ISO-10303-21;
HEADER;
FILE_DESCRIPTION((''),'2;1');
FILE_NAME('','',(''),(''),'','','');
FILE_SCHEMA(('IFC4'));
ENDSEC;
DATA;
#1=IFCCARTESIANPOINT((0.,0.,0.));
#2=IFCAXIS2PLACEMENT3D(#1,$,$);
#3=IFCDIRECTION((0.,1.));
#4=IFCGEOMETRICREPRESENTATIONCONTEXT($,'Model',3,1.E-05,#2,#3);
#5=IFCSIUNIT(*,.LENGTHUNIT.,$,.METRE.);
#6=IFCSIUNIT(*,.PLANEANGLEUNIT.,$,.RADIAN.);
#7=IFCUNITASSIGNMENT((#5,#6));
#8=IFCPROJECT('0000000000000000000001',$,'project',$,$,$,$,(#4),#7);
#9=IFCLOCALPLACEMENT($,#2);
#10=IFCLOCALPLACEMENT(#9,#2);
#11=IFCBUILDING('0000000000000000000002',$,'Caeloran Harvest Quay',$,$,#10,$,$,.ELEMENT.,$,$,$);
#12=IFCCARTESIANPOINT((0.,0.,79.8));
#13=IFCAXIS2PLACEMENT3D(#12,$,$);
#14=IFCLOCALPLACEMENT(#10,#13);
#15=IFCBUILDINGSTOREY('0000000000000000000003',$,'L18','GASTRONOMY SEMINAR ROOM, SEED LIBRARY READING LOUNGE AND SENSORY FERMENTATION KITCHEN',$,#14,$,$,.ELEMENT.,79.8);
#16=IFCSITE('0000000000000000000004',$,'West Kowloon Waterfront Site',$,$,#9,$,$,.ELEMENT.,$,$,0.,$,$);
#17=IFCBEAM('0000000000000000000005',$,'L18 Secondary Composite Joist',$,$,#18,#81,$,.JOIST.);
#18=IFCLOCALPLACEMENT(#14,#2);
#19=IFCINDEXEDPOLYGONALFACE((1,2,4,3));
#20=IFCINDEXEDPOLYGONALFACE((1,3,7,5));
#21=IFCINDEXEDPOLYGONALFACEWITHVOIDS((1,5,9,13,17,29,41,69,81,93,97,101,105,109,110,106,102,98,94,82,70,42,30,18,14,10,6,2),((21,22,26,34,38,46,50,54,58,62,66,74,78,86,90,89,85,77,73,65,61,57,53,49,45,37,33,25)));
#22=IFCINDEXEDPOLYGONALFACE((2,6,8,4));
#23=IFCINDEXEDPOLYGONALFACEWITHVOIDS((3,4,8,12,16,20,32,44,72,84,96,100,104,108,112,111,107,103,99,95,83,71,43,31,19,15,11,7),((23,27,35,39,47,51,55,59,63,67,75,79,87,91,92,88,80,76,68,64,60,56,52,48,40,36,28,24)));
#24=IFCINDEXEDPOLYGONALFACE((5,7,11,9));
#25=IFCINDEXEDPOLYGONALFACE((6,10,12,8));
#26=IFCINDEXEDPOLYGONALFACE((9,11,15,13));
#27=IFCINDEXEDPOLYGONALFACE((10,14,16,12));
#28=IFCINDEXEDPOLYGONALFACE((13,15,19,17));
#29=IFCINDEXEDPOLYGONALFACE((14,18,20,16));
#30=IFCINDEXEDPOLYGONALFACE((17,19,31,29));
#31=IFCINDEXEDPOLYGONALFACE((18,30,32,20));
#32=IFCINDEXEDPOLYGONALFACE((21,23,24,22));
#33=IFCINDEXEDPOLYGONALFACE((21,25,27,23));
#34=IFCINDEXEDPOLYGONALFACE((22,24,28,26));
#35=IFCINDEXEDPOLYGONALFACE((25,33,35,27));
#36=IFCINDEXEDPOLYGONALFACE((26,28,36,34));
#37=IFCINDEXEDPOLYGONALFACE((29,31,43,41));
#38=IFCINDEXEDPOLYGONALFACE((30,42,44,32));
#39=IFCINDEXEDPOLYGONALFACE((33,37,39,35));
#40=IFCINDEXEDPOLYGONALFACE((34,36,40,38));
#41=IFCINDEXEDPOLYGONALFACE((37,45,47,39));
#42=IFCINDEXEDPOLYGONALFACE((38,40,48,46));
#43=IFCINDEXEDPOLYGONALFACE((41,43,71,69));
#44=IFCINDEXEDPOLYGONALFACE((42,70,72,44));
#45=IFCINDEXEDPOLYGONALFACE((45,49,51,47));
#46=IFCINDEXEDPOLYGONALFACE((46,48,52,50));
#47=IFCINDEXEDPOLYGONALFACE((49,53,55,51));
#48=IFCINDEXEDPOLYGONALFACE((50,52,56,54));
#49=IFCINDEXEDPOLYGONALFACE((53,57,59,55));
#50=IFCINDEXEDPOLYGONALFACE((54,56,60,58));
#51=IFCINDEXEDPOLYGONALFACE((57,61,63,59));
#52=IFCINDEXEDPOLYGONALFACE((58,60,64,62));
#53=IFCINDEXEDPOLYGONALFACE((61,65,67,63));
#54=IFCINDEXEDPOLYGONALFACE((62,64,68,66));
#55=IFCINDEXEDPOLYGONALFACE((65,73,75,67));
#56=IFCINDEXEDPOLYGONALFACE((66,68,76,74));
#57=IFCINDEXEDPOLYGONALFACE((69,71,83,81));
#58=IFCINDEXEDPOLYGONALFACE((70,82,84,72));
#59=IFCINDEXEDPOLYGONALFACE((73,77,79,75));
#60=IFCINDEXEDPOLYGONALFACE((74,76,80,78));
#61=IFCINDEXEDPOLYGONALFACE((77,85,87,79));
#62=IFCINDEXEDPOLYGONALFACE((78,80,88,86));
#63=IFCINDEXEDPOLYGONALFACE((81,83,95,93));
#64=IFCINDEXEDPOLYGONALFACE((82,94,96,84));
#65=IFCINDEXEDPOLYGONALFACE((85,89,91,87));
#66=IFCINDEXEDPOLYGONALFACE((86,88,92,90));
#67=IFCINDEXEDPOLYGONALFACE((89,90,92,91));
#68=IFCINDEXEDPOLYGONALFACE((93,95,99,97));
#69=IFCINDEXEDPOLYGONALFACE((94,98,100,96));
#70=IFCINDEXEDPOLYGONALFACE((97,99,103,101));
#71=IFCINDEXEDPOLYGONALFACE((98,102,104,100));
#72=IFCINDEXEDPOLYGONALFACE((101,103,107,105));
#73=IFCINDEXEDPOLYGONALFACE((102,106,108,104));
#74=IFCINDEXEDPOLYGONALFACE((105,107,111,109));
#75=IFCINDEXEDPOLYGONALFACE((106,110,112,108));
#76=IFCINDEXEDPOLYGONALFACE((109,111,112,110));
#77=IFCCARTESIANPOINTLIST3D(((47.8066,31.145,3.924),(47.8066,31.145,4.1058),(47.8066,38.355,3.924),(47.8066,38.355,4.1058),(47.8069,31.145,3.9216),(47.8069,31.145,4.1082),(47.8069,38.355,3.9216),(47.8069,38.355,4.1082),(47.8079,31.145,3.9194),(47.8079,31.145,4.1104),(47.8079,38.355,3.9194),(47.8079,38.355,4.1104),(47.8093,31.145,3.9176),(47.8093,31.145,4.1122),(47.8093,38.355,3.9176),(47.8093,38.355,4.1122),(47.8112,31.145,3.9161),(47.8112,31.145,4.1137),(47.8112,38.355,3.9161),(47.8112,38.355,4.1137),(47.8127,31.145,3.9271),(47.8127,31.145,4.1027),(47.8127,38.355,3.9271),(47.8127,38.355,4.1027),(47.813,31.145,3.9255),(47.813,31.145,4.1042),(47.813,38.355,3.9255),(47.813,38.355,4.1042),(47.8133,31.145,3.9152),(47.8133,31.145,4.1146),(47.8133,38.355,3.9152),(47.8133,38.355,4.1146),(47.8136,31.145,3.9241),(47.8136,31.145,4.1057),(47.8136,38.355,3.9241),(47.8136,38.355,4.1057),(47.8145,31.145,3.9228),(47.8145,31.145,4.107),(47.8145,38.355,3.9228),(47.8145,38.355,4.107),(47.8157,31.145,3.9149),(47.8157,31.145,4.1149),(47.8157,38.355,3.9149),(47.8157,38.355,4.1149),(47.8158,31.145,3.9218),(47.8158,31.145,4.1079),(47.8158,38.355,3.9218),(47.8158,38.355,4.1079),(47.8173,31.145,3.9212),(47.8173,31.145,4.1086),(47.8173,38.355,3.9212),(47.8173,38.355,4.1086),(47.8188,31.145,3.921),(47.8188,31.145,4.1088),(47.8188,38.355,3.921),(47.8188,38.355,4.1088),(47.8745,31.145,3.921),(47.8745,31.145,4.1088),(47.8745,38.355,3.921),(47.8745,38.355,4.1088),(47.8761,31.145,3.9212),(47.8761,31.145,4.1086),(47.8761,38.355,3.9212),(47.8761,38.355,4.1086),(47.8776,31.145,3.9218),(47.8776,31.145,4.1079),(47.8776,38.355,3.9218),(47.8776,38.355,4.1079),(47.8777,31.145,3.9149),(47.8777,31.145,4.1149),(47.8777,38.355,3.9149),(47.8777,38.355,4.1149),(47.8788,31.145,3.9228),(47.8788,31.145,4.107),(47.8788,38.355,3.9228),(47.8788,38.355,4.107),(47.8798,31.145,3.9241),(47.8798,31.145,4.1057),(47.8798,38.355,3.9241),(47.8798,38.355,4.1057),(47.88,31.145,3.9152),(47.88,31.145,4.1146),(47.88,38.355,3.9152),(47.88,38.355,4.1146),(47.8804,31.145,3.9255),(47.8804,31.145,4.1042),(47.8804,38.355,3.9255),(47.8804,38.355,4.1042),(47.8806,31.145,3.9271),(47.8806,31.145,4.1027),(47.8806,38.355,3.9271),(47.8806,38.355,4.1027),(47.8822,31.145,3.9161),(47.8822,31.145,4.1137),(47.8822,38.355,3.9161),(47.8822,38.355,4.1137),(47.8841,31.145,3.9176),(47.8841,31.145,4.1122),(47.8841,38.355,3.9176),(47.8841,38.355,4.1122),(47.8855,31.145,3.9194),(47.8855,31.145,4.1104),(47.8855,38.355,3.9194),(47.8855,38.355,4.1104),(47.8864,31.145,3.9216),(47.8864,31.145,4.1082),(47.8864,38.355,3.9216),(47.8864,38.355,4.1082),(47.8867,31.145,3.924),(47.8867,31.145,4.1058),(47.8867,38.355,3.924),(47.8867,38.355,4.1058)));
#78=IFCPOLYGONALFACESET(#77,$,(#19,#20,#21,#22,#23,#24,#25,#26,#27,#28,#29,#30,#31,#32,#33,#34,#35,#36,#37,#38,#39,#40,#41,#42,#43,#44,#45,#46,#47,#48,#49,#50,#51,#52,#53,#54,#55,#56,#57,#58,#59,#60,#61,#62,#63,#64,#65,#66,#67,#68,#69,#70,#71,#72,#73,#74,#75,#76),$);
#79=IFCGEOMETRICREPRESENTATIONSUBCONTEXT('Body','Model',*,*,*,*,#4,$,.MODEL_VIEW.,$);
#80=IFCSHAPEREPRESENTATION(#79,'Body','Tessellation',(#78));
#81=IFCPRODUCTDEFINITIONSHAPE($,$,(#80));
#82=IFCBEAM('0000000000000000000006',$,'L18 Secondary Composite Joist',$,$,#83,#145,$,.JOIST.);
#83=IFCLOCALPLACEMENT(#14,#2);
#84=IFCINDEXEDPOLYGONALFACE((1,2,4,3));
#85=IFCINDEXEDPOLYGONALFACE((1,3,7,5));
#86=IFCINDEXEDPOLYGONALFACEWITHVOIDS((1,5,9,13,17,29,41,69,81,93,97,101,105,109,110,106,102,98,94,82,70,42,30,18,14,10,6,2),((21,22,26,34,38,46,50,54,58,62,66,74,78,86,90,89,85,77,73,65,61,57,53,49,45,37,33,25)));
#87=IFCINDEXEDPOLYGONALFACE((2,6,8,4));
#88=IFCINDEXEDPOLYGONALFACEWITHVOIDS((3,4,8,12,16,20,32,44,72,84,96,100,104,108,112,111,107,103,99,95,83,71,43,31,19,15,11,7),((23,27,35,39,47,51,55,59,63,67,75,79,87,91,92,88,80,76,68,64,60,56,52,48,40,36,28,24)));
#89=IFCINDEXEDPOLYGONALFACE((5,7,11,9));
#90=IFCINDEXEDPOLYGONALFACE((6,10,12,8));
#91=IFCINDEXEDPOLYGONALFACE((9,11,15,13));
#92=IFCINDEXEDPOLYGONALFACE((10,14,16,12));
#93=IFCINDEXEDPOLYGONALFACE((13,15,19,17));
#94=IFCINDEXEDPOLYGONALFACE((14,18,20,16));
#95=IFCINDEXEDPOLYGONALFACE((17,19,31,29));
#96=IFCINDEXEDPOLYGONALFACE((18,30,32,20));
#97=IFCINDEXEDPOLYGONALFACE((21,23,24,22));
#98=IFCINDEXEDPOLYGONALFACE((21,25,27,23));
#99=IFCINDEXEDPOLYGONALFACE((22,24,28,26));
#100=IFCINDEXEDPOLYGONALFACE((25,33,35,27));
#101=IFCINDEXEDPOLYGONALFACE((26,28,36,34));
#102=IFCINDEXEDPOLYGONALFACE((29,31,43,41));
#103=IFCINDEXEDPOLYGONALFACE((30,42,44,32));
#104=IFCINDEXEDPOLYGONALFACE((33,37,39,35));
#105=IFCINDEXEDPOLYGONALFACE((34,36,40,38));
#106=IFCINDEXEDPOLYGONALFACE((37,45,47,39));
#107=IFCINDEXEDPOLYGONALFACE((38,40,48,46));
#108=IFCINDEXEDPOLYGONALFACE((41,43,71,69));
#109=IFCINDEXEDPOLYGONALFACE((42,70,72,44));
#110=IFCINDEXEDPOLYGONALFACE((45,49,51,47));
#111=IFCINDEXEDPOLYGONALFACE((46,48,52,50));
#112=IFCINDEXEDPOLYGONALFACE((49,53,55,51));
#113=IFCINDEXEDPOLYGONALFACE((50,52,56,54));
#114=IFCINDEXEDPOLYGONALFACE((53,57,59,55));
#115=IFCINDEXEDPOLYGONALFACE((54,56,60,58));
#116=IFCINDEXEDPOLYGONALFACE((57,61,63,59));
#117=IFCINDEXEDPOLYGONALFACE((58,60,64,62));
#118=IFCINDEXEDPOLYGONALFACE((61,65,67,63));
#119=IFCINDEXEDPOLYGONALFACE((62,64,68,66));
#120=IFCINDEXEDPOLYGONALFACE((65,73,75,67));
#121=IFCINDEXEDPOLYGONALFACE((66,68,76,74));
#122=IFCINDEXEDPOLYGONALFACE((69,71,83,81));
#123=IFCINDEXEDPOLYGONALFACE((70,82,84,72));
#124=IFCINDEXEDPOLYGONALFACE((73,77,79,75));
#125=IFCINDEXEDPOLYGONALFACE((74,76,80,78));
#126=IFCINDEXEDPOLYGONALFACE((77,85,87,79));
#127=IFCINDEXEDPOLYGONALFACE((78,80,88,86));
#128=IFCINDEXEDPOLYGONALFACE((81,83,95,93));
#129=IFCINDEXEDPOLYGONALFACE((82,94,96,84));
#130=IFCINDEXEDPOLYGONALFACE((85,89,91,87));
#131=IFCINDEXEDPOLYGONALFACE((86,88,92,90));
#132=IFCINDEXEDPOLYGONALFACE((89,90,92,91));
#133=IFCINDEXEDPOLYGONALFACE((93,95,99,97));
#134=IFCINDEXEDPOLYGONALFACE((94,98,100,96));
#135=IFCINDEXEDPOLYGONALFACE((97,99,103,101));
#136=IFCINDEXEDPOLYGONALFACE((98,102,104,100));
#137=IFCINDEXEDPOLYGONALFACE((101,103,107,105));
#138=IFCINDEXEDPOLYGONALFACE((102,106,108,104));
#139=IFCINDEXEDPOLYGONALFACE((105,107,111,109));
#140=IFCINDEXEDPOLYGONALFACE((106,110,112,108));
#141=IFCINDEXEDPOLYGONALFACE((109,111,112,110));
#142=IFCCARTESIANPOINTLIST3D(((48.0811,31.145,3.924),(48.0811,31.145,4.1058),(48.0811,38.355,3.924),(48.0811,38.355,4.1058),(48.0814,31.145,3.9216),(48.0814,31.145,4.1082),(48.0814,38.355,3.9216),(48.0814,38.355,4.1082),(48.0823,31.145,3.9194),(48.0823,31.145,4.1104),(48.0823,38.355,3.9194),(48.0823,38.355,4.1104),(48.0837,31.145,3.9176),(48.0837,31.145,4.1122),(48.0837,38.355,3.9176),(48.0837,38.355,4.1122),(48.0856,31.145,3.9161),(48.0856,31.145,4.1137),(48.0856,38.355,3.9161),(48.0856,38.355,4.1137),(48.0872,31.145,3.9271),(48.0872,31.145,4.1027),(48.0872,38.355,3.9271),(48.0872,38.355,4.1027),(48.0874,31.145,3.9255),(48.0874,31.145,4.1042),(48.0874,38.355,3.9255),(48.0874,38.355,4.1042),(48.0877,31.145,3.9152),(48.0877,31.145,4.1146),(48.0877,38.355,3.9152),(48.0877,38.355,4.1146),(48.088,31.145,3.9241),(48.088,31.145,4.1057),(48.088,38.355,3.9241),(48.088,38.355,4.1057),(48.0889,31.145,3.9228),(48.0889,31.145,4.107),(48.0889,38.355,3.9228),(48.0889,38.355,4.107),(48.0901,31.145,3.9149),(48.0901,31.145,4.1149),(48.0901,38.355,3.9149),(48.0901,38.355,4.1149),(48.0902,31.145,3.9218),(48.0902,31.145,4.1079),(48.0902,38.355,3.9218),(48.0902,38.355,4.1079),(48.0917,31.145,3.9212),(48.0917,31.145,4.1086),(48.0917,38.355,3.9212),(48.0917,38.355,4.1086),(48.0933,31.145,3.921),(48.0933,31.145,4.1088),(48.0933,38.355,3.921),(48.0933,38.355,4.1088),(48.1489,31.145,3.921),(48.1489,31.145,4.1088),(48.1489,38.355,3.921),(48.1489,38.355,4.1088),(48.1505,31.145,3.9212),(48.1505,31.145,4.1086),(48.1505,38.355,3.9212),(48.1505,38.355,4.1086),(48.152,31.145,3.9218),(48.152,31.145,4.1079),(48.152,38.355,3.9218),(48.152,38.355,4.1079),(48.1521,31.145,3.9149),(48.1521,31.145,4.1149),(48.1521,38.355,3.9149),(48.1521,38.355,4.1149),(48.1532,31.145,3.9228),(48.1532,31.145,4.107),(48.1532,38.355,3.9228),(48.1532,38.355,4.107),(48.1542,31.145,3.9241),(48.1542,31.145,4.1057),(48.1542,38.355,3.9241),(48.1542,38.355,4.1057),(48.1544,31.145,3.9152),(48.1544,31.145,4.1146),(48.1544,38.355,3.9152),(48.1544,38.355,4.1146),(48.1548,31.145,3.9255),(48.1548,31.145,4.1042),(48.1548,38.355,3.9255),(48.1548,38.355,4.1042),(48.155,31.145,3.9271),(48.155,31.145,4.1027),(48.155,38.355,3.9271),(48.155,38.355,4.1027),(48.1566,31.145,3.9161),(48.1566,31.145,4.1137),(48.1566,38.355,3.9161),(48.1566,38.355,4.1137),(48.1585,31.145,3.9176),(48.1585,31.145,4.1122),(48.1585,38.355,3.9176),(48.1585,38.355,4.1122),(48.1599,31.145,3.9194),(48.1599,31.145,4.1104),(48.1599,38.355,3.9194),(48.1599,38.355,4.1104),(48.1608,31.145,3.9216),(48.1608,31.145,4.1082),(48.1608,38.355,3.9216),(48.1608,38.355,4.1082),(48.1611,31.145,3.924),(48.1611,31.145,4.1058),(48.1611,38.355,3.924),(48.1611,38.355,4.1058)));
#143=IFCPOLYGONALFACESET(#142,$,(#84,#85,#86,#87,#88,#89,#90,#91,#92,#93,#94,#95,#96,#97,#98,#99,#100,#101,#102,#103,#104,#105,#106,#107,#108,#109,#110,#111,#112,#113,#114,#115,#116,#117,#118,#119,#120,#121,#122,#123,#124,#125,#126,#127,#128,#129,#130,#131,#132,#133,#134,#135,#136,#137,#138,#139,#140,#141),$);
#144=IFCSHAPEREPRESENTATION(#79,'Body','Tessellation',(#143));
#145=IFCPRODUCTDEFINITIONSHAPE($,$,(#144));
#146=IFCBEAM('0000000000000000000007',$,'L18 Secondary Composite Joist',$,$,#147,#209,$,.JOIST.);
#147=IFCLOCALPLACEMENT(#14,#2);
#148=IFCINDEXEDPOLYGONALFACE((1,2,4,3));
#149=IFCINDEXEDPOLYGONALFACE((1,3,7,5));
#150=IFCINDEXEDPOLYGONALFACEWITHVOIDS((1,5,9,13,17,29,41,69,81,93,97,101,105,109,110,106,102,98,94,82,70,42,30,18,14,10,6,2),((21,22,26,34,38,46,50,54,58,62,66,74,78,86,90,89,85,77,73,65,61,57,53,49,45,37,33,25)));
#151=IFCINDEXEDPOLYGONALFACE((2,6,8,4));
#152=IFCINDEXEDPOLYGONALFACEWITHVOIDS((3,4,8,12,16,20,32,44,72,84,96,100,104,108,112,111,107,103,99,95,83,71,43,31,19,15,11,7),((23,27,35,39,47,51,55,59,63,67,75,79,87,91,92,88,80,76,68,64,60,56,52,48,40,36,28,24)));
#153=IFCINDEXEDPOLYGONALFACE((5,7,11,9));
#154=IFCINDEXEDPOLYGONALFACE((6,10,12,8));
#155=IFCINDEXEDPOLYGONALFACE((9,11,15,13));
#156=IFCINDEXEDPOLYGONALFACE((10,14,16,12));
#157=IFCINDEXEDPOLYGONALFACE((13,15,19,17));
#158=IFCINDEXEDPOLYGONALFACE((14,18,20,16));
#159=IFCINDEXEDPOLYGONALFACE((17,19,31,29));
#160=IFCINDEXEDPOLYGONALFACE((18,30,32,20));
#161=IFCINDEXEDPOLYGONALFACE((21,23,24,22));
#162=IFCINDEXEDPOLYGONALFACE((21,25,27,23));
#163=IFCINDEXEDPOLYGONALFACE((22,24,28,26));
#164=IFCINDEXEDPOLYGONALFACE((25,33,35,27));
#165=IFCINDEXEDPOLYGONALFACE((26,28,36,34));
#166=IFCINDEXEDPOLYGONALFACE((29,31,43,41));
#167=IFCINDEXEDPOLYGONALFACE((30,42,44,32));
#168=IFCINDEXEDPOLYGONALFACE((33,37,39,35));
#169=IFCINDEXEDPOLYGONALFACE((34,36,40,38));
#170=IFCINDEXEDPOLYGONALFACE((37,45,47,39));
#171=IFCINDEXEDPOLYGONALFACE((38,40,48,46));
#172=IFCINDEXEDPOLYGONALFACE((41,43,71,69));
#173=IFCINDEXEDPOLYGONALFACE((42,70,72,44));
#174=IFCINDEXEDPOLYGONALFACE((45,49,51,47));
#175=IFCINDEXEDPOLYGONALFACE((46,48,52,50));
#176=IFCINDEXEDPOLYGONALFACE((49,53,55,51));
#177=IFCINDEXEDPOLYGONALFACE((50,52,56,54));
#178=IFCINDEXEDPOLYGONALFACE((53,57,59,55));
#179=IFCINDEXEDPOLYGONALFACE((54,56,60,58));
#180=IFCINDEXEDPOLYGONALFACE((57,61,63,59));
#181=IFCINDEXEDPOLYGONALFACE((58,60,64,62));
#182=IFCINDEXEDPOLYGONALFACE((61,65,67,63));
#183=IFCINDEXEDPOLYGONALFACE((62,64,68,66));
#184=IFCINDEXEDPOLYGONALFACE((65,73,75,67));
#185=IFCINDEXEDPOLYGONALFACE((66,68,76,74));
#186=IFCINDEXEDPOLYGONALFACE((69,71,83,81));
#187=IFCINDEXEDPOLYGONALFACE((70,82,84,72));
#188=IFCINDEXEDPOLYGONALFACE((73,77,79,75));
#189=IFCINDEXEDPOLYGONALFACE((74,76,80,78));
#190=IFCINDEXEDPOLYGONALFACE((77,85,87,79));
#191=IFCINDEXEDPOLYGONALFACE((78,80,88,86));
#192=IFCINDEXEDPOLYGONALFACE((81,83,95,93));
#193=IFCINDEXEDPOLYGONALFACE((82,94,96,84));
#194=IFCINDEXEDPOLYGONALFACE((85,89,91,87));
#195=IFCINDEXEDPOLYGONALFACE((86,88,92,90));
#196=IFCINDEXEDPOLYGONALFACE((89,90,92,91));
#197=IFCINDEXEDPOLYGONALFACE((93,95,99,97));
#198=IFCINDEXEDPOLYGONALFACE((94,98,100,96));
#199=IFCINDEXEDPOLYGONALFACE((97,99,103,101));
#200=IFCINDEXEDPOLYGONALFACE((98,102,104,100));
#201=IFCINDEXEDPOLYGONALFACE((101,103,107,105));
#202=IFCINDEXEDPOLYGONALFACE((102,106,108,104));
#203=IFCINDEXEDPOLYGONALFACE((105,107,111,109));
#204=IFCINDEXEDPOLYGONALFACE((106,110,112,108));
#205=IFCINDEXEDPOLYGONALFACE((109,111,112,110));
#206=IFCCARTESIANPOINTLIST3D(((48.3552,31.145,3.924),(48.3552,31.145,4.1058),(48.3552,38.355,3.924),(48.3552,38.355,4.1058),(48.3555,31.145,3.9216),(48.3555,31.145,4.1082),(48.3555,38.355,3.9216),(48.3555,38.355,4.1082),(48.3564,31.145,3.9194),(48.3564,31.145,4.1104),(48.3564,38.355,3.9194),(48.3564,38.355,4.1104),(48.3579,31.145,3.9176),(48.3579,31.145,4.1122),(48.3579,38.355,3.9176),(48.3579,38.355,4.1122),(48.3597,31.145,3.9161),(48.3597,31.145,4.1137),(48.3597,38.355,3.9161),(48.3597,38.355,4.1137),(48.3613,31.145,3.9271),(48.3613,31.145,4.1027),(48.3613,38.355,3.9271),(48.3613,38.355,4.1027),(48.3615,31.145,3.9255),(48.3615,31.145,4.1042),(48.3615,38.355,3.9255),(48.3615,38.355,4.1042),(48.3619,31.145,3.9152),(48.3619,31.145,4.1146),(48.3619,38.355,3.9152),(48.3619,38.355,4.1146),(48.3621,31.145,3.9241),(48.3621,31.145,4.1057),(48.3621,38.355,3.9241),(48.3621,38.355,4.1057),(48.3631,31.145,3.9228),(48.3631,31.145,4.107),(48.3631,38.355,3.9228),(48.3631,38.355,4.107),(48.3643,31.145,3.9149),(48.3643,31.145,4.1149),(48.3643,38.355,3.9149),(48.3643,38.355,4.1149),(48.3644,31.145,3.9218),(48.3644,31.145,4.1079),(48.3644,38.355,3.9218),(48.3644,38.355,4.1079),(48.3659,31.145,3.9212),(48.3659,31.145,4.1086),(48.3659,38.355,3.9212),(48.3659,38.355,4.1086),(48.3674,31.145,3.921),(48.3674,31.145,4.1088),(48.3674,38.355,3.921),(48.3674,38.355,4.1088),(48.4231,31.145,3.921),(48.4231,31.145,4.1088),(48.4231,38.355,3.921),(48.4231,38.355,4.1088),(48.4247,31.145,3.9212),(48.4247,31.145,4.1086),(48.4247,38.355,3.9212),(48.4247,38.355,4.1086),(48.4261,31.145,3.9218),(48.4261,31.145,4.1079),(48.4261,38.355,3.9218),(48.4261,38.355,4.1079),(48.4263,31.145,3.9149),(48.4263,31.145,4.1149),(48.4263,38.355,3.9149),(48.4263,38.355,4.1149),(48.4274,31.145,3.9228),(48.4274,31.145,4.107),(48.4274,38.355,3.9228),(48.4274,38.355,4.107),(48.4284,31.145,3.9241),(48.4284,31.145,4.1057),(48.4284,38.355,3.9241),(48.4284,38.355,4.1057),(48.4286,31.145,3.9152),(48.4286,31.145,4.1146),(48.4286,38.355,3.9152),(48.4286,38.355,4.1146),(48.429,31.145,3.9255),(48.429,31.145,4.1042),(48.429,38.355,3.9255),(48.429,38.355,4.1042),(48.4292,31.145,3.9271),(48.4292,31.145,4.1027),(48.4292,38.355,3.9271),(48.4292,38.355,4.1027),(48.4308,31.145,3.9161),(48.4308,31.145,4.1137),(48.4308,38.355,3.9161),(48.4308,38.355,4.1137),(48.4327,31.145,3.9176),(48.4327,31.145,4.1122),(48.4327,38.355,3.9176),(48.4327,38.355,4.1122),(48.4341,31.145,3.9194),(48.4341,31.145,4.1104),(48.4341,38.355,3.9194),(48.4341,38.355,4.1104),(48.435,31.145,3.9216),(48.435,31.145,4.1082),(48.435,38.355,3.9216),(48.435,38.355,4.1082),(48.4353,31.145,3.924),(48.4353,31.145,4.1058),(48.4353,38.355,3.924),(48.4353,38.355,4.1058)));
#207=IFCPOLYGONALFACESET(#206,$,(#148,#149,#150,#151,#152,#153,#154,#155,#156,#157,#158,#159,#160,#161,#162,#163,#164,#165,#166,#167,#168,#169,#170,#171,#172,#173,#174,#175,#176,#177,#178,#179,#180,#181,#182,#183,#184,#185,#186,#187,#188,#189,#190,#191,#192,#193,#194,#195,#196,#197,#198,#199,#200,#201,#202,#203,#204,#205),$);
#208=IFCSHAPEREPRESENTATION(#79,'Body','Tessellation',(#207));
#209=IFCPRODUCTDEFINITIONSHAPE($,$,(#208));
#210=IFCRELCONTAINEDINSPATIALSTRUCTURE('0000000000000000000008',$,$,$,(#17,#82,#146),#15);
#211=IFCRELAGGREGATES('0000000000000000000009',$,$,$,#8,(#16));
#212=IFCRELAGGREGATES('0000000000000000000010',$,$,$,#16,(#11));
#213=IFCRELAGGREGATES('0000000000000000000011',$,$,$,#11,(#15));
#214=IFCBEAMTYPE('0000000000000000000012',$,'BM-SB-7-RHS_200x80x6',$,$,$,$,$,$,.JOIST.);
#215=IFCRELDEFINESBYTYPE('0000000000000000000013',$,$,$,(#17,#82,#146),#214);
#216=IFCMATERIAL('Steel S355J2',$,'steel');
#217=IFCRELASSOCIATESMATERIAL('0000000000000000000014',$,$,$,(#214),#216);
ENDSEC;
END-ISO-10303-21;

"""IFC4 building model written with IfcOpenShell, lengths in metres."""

from ifc_helpers import new_model, si_unit, direction, frame, origin, origin_2d, place, context, subcontext, project, spatial, hollow_rectangle, extrude, material, material_profile, profile_set, type_object, element, save


model = new_model("IFC4")

# Units and contexts
model_context = context("Model", 3, precision=1e-05, world=origin(), true_north=direction((0.0, 1.0)))
body_context = subcontext(model_context, "Body", "Model", "MODEL_VIEW")
ifc_project = project(units=[si_unit("LENGTHUNIT", "METRE"), si_unit("PLANEANGLEUNIT", "RADIAN")], contexts=[model_context])

# Site, building, storey
site_placement = place(None, origin())
site = spatial("IfcSite", under=ifc_project, at=site_placement, Name="West Kowloon Waterfront Site", CompositionType="ELEMENT", RefElevation=0.0)
building_placement = place(site_placement, origin())
building = spatial("IfcBuilding", under=site, at=building_placement, Name="Caeloran Harvest Quay", CompositionType="ELEMENT")
storey_placement = place(building_placement, frame((0.0, 0.0, 79.8)))
storey = spatial("IfcBuildingStorey", under=building, at=storey_placement, Name="L18", Description="GASTRONOMY SEMINAR ROOM, SEED LIBRARY READING LOUNGE AND SENSORY FERMENTATION KITCHEN", CompositionType="ELEMENT", Elevation=79.8)

# Beams
ifc_material_1 = material(Name="Steel S355J2", Category="steel")
ifc_material_profile_1 = material_profile(ifc_material_1, hollow_rectangle(XDim=0.0801, YDim=0.2, WallThickness=0.0061, InnerFilletRadius=0.0061, OuterFilletRadius=0.009, at=origin_2d()), Name="RHS 200x80x6")
ifc_profile_set_1 = profile_set([ifc_material_profile_1], Name="Steel S355J2")
beam_type_1 = type_object("IfcBeamType", Name="BM-SB-7-RHS_200x80x6", PredefinedType="JOIST", material=ifc_profile_set_1)
for number, where, z_axis, x_axis, name in (
    (1, (47.8467, 31.145, 4.0149), (0.0, 1.0, 0.0), (-1.0, 0.0, 0.0), "L18 Secondary Composite Joist"),
    (2, (48.1211, 31.145, 4.0149), (0.0, 1.0, 0.0), (-1.0, 0.0, 0.0), "L18 Secondary Composite Joist"),
    (3, (48.3953, 31.145, 4.0149), (0.0, 1.0, 0.0), (-1.0, 0.0, 0.0), "L18 Secondary Composite Joist"),
):
    element("IfcBeam", number, at=place(storey_placement, frame(where, z_axis=z_axis, x_axis=x_axis)), inside=storey, type_object=beam_type_1, Name=name, PredefinedType="JOIST", context=body_context, shape_type="SweptSolid", body=[
        extrude(hollow_rectangle(XDim=0.0801, YDim=0.2, WallThickness=0.0061, InnerFilletRadius=0.0061, OuterFilletRadius=0.009, at=origin_2d()), origin(), (0.0, 0.0, 1.0), 7.21),
    ])

save(model, "model.ifc")
